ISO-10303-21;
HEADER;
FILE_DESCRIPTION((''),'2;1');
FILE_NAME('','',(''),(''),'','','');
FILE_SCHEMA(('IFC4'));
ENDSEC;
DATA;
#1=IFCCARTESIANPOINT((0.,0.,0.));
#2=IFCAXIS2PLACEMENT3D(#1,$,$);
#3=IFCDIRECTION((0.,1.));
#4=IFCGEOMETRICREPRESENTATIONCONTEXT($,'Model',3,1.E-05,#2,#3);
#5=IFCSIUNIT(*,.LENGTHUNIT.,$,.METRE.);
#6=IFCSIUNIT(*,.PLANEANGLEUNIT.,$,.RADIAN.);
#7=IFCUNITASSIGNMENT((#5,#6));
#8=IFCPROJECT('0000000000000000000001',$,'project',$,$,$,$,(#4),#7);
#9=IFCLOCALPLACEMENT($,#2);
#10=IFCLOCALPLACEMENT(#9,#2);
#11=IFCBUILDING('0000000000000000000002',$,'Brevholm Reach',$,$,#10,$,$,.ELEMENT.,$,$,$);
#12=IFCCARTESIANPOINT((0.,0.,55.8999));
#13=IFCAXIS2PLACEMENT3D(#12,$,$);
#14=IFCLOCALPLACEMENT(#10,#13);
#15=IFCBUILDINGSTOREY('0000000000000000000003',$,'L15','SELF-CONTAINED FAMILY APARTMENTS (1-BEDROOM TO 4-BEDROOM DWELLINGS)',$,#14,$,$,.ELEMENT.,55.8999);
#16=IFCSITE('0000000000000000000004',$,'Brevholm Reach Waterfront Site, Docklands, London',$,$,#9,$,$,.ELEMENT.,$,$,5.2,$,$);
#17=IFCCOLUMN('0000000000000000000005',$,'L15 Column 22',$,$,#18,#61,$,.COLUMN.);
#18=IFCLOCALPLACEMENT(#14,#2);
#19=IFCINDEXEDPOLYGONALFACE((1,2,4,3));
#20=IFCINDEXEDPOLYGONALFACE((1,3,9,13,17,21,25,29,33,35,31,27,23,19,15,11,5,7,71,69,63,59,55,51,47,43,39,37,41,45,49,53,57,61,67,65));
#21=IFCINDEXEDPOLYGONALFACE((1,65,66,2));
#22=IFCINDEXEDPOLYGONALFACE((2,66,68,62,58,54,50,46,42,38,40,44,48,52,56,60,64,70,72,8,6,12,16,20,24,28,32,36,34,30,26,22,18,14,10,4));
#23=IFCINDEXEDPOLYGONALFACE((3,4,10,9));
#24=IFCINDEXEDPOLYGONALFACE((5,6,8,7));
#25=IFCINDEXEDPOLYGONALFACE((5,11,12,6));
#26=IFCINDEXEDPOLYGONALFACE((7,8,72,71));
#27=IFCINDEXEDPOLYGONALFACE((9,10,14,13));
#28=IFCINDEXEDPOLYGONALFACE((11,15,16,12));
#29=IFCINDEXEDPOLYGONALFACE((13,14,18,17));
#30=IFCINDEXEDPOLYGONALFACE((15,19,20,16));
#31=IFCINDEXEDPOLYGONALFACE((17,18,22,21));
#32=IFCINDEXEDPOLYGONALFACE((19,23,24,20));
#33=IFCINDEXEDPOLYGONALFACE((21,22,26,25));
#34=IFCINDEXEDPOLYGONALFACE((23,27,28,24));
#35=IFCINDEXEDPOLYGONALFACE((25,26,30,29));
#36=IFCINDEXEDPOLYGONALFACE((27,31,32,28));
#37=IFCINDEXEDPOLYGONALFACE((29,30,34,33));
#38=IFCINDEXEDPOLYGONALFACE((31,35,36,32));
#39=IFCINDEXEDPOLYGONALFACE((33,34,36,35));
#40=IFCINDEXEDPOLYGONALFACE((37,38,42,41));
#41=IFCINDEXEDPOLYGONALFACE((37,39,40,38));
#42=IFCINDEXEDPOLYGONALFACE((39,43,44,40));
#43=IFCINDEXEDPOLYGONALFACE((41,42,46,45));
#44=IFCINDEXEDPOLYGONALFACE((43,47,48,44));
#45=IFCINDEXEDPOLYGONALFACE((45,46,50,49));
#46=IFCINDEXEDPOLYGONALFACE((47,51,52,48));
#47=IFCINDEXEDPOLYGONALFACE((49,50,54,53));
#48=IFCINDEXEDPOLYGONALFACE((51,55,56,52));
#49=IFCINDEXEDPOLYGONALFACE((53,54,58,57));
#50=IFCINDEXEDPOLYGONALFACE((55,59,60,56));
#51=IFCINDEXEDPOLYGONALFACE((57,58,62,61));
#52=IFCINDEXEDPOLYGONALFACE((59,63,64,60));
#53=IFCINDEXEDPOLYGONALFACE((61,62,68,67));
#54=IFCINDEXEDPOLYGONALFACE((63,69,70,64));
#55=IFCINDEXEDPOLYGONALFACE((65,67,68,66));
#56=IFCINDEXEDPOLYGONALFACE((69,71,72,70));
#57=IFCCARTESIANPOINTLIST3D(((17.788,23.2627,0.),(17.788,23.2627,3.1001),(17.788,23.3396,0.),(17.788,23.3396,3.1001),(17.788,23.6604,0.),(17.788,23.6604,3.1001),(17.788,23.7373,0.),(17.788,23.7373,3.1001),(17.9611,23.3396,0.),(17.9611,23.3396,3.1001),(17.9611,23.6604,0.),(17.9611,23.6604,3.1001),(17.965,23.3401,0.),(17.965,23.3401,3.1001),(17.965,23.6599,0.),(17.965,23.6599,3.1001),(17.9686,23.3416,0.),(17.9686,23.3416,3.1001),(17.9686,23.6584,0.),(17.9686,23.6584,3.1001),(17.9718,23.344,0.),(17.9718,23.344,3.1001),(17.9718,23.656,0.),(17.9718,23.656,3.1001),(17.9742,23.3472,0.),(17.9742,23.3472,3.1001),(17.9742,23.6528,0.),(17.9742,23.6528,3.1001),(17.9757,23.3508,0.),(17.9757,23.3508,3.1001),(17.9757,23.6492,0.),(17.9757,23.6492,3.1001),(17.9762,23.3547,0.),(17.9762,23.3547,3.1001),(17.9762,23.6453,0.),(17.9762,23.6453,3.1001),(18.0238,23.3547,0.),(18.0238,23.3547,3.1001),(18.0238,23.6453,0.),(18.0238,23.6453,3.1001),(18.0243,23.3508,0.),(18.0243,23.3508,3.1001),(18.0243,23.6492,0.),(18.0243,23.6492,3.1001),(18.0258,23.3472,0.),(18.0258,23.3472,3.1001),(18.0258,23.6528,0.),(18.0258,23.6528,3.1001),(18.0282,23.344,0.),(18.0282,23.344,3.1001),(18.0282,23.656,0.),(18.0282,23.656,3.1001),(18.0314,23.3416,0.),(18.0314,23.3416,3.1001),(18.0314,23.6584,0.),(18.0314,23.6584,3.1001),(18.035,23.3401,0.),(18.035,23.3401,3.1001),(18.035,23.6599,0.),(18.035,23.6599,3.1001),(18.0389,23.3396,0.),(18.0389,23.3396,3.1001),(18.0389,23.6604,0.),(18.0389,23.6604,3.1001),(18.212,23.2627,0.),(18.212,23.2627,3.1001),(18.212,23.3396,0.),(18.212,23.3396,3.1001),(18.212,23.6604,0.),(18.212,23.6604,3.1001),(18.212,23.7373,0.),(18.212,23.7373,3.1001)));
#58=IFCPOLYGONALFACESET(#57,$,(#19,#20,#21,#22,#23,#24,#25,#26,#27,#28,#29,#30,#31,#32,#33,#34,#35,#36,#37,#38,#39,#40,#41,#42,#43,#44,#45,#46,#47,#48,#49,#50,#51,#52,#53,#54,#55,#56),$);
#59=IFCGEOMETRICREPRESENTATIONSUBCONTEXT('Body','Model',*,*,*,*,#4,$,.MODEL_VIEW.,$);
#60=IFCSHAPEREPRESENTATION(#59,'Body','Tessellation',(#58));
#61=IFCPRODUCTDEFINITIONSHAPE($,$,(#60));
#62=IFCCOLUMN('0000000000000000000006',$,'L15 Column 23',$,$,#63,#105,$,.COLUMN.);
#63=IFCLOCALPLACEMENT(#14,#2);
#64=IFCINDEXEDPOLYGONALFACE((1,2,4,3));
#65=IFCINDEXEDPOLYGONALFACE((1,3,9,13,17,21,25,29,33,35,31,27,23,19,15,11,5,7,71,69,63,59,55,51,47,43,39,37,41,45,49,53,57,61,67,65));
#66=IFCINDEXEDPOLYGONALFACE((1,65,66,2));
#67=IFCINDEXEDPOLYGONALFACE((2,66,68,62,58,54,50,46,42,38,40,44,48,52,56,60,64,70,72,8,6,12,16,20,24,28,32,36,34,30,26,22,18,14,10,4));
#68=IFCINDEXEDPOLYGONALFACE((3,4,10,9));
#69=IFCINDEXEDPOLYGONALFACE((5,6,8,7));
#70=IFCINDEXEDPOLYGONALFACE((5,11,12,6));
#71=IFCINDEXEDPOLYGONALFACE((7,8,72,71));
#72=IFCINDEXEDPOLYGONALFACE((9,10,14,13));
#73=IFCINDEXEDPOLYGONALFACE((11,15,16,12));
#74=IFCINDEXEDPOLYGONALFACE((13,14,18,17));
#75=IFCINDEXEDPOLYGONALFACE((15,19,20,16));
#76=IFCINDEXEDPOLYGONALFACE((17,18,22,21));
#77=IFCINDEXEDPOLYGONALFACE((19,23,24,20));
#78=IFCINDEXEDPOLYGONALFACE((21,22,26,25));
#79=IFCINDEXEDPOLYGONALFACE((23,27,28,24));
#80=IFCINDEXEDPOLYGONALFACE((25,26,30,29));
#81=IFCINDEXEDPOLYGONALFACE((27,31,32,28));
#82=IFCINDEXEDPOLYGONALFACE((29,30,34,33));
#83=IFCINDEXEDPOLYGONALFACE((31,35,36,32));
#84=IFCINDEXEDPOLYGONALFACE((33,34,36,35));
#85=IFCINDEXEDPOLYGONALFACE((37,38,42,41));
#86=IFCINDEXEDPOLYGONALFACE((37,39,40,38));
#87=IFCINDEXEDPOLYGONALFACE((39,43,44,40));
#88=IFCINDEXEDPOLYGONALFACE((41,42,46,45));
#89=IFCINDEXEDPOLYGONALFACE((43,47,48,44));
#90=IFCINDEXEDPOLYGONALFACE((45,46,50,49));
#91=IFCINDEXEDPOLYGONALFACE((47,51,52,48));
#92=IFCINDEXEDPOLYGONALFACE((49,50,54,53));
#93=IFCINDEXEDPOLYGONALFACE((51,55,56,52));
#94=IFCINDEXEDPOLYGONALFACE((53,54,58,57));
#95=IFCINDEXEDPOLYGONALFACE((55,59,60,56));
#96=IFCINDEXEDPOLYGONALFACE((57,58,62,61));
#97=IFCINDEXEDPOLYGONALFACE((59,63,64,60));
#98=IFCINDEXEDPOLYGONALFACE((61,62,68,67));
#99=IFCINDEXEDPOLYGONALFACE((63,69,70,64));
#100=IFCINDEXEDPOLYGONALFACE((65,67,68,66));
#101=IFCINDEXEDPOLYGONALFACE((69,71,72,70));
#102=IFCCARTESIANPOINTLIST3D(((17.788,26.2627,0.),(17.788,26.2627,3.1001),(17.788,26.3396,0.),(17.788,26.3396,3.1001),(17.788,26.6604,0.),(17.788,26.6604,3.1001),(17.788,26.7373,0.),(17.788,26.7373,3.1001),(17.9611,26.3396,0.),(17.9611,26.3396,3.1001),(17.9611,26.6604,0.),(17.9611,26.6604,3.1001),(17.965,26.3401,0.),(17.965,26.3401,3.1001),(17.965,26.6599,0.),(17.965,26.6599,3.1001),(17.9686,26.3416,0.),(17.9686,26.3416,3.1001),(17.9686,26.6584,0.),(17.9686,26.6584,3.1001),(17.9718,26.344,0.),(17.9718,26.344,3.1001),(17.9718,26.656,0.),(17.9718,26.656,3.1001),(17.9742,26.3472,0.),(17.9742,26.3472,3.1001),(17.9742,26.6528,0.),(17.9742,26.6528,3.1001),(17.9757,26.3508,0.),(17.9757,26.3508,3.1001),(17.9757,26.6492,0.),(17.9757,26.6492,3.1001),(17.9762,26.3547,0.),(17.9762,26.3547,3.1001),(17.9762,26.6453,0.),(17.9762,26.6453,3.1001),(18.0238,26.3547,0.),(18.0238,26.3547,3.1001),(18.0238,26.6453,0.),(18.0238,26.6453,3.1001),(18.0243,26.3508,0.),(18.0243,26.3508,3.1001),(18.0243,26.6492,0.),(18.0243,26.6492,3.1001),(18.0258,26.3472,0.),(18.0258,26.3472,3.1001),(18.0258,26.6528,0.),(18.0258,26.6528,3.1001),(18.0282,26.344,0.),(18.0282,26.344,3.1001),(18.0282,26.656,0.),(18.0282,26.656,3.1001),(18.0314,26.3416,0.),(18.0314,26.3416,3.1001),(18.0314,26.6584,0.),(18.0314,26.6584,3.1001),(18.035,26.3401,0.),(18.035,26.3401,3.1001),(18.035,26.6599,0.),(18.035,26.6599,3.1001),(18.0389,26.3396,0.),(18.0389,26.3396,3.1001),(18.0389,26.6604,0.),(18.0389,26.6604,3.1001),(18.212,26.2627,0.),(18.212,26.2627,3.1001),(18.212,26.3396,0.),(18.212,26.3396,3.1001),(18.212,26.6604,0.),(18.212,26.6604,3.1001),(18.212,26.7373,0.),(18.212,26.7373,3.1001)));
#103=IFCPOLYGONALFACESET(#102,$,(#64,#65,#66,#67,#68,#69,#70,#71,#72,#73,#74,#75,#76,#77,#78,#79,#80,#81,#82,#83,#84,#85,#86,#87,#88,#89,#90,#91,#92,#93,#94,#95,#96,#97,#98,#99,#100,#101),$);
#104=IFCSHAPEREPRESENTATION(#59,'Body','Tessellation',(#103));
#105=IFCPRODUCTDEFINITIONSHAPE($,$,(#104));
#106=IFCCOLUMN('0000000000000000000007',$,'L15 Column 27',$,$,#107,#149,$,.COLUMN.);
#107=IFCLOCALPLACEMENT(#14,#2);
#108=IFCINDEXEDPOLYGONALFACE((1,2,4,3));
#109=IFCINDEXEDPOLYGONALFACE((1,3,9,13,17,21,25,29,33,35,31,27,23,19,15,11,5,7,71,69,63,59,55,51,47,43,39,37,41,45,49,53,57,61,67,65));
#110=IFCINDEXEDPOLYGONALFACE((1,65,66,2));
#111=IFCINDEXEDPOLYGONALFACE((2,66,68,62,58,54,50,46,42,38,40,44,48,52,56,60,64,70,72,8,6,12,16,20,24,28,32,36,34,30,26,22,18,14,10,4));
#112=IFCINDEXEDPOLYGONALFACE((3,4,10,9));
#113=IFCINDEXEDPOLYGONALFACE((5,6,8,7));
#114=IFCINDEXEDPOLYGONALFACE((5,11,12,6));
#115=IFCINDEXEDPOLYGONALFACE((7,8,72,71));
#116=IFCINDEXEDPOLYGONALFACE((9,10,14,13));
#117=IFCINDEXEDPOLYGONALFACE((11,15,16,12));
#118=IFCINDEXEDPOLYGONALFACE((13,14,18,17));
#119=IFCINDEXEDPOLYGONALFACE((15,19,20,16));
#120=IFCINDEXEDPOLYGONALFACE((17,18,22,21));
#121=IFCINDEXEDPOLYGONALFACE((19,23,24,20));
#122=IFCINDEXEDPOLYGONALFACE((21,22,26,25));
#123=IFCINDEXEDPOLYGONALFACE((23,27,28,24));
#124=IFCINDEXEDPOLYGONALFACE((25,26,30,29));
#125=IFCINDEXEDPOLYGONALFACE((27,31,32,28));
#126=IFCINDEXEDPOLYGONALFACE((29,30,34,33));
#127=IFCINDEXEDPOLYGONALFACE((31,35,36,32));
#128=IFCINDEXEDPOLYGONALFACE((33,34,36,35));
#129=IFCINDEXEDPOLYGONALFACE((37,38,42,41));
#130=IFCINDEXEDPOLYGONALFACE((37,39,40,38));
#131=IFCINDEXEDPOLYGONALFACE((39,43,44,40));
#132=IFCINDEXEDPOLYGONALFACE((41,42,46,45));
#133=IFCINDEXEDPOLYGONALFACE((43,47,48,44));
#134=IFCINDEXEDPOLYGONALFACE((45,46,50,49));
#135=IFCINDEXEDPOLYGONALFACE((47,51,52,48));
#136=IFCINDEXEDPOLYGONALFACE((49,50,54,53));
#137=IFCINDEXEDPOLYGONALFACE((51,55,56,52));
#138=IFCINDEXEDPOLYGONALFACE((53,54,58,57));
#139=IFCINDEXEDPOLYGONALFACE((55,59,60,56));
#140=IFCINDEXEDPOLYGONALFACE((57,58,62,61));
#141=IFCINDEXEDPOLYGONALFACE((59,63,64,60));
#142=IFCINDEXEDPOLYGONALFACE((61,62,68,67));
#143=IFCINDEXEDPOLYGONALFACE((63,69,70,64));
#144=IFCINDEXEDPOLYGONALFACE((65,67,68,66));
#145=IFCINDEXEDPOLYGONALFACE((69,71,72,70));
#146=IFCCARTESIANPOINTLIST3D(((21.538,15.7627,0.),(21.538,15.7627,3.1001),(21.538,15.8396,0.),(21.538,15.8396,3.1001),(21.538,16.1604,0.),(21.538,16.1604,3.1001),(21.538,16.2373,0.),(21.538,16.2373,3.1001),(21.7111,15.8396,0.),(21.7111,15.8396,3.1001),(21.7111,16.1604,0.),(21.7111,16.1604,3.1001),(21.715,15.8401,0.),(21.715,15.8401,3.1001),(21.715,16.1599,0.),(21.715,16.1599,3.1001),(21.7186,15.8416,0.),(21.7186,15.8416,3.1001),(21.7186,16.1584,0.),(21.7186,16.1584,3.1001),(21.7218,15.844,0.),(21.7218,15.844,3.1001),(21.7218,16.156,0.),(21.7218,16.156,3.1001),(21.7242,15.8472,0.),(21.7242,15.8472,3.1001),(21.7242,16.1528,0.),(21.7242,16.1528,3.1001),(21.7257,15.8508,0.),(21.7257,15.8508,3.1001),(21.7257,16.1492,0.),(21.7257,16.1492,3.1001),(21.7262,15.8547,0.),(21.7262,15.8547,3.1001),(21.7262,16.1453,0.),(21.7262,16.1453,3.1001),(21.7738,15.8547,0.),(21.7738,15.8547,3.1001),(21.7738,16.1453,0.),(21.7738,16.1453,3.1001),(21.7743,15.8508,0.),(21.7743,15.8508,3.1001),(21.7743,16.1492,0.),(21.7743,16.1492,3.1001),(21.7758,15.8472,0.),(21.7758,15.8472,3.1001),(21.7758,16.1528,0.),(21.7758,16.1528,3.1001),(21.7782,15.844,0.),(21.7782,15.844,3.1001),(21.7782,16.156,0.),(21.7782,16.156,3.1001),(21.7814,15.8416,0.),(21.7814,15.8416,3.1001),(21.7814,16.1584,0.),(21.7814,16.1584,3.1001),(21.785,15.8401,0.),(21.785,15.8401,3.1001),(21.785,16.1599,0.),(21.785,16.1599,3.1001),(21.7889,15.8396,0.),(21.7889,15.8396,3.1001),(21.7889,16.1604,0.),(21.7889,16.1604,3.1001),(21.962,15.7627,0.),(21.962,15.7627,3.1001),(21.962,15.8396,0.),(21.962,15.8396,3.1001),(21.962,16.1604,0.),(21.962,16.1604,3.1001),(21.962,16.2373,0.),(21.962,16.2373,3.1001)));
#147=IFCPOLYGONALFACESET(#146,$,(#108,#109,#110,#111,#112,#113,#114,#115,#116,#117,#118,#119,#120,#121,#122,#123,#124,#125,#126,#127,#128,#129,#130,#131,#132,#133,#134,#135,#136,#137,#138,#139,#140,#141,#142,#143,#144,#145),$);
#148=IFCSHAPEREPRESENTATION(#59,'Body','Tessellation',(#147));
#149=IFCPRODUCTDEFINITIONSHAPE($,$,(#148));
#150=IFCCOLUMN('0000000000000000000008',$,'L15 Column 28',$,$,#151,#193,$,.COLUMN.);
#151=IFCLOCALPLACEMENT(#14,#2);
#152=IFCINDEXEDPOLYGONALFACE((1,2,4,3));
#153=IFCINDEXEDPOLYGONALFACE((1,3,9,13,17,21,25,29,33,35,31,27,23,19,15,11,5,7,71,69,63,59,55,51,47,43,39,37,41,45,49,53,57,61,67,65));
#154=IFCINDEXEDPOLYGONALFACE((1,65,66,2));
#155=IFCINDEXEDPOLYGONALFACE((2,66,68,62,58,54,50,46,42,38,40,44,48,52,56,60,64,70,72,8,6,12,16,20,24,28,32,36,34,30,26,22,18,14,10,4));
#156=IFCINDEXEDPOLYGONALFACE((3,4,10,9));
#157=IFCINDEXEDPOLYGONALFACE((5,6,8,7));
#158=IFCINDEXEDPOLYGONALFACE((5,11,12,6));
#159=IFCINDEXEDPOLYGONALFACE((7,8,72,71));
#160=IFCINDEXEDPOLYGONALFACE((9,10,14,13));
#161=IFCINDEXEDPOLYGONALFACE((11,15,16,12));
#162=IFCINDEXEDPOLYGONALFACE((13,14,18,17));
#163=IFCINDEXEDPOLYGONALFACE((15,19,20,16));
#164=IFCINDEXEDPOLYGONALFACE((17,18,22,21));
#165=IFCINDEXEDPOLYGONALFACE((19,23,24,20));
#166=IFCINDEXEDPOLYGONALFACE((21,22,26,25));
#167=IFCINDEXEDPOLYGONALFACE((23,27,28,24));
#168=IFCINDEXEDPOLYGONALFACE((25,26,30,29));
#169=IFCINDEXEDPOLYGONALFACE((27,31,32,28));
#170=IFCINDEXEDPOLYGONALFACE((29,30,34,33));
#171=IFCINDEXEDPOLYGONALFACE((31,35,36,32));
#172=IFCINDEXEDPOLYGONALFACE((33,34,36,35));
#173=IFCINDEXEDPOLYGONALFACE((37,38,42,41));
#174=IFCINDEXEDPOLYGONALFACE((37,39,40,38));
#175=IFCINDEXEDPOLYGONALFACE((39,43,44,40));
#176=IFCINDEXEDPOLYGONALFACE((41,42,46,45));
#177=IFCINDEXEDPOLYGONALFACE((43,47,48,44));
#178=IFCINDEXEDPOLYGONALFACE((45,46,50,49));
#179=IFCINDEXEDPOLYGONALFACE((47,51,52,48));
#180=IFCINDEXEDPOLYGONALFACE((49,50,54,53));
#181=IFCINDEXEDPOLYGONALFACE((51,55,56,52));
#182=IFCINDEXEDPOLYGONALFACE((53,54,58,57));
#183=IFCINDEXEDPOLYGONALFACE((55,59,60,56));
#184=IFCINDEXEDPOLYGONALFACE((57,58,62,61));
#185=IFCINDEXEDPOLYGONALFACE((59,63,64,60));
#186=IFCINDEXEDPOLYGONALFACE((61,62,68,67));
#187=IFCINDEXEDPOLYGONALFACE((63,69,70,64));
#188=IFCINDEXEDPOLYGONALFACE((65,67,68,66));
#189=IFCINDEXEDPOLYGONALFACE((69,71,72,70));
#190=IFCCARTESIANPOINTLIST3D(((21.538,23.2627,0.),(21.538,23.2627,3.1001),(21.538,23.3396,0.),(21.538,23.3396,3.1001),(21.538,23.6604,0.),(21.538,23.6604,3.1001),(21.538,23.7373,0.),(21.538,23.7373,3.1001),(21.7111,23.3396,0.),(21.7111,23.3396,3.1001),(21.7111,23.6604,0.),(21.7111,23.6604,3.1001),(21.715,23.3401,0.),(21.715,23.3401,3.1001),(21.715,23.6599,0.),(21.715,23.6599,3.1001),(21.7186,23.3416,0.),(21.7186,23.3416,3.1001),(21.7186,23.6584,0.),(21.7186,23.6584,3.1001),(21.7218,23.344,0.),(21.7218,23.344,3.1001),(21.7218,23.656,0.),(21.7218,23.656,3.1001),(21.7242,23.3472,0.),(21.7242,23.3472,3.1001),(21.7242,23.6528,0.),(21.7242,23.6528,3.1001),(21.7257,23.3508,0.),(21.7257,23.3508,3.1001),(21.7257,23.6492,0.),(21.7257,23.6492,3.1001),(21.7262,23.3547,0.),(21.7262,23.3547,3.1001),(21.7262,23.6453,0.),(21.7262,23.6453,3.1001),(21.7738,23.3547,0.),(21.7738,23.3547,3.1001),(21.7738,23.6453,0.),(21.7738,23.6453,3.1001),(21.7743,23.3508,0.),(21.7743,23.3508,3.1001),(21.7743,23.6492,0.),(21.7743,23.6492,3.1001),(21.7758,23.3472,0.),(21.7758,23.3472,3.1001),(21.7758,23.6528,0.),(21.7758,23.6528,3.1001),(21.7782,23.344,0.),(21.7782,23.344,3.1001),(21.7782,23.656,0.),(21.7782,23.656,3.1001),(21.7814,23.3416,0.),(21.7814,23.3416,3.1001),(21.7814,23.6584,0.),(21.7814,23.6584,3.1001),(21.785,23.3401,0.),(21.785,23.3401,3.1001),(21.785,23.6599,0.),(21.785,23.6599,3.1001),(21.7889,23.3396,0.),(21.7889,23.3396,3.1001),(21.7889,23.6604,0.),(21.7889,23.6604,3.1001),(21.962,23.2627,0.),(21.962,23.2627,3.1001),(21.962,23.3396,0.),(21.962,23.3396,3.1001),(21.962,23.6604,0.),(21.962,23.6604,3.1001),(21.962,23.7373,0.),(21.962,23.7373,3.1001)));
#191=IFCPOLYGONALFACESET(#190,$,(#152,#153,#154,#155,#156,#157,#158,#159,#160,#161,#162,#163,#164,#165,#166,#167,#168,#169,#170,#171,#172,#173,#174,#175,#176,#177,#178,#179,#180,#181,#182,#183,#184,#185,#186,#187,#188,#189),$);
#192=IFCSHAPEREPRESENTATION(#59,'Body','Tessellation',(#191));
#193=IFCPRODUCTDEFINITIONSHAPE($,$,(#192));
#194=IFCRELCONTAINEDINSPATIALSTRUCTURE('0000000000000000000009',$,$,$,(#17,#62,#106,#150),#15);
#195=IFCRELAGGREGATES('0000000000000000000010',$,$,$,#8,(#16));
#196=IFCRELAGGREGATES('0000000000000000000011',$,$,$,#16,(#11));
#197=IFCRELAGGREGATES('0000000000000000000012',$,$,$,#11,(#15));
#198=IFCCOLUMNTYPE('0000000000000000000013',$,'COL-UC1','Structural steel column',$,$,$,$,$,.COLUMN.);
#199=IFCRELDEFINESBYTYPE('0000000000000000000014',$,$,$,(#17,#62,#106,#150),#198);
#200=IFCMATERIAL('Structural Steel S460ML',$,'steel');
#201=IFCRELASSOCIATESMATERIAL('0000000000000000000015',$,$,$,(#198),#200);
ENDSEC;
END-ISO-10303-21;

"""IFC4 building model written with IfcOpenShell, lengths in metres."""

from ifc_helpers import new_model, si_unit, direction, frame, origin, origin_2d, place, context, subcontext, project, spatial, i_section, extrude, material, material_profile, profile_set, type_object, element, save


model = new_model("IFC4")

# Units and contexts
model_context = context("Model", 3, precision=1e-05, world=origin(), true_north=direction((0.0, 1.0)))
body_context = subcontext(model_context, "Body", "Model", "MODEL_VIEW")
ifc_project = project(units=[si_unit("LENGTHUNIT", "METRE"), si_unit("PLANEANGLEUNIT", "RADIAN")], contexts=[model_context])

# Site, building, storey
site_placement = place(None, origin())
site = spatial("IfcSite", under=ifc_project, at=site_placement, Name="Brevholm Reach Waterfront Site, Docklands, London", CompositionType="ELEMENT", RefElevation=5.2)
building_placement = place(site_placement, origin())
building = spatial("IfcBuilding", under=site, at=building_placement, Name="Brevholm Reach", CompositionType="ELEMENT")
storey_placement = place(building_placement, frame((0.0, 0.0, 55.8999)))
storey = spatial("IfcBuildingStorey", under=building, at=storey_placement, Name="L15", Description="SELF-CONTAINED FAMILY APARTMENTS (1-BEDROOM TO 4-BEDROOM DWELLINGS)", CompositionType="ELEMENT", Elevation=55.8999)

# Columns
ifc_material_1 = material(Name="Structural Steel S460ML", Category="steel")
ifc_material_profile_1 = material_profile(ifc_material_1, i_section(OverallWidth=0.4241, OverallDepth=0.4746, WebThickness=0.0476, FlangeThickness=0.0769, FilletRadius=0.0151, at=origin_2d()), Name="UKC 356x406x634")
ifc_profile_set_1 = profile_set([ifc_material_profile_1], Name="Structural Steel S460ML")
column_type_1 = type_object("IfcColumnType", Name="COL-UC1", Description="Structural steel column", PredefinedType="COLUMN", material=ifc_profile_set_1)
for number, where, z_axis, x_axis, name in (
    (1, (18.0, 23.5, 0.0), (0.0, 0.0, 1.0), (1.0, 0.0, 0.0), "L15 Column 22"),
    (2, (18.0, 26.5, 0.0), (0.0, 0.0, 1.0), (1.0, 0.0, 0.0), "L15 Column 23"),
    (3, (21.75, 16.0, 0.0), (0.0, 0.0, 1.0), (1.0, 0.0, 0.0), "L15 Column 27"),
    (4, (21.75, 23.5, 0.0), (0.0, 0.0, 1.0), (1.0, 0.0, 0.0), "L15 Column 28"),
):
    element("IfcColumn", number, at=place(storey_placement, frame(where, z_axis=z_axis, x_axis=x_axis)), inside=storey, type_object=column_type_1, Name=name, PredefinedType="COLUMN", context=body_context, shape_type="SweptSolid", body=[
        extrude(i_section(OverallWidth=0.4241, OverallDepth=0.4746, WebThickness=0.0476, FlangeThickness=0.0769, FilletRadius=0.0151, at=origin_2d()), origin(), (0.0, 0.0, 1.0), 3.1001),
    ])

save(model, "model.ifc")
